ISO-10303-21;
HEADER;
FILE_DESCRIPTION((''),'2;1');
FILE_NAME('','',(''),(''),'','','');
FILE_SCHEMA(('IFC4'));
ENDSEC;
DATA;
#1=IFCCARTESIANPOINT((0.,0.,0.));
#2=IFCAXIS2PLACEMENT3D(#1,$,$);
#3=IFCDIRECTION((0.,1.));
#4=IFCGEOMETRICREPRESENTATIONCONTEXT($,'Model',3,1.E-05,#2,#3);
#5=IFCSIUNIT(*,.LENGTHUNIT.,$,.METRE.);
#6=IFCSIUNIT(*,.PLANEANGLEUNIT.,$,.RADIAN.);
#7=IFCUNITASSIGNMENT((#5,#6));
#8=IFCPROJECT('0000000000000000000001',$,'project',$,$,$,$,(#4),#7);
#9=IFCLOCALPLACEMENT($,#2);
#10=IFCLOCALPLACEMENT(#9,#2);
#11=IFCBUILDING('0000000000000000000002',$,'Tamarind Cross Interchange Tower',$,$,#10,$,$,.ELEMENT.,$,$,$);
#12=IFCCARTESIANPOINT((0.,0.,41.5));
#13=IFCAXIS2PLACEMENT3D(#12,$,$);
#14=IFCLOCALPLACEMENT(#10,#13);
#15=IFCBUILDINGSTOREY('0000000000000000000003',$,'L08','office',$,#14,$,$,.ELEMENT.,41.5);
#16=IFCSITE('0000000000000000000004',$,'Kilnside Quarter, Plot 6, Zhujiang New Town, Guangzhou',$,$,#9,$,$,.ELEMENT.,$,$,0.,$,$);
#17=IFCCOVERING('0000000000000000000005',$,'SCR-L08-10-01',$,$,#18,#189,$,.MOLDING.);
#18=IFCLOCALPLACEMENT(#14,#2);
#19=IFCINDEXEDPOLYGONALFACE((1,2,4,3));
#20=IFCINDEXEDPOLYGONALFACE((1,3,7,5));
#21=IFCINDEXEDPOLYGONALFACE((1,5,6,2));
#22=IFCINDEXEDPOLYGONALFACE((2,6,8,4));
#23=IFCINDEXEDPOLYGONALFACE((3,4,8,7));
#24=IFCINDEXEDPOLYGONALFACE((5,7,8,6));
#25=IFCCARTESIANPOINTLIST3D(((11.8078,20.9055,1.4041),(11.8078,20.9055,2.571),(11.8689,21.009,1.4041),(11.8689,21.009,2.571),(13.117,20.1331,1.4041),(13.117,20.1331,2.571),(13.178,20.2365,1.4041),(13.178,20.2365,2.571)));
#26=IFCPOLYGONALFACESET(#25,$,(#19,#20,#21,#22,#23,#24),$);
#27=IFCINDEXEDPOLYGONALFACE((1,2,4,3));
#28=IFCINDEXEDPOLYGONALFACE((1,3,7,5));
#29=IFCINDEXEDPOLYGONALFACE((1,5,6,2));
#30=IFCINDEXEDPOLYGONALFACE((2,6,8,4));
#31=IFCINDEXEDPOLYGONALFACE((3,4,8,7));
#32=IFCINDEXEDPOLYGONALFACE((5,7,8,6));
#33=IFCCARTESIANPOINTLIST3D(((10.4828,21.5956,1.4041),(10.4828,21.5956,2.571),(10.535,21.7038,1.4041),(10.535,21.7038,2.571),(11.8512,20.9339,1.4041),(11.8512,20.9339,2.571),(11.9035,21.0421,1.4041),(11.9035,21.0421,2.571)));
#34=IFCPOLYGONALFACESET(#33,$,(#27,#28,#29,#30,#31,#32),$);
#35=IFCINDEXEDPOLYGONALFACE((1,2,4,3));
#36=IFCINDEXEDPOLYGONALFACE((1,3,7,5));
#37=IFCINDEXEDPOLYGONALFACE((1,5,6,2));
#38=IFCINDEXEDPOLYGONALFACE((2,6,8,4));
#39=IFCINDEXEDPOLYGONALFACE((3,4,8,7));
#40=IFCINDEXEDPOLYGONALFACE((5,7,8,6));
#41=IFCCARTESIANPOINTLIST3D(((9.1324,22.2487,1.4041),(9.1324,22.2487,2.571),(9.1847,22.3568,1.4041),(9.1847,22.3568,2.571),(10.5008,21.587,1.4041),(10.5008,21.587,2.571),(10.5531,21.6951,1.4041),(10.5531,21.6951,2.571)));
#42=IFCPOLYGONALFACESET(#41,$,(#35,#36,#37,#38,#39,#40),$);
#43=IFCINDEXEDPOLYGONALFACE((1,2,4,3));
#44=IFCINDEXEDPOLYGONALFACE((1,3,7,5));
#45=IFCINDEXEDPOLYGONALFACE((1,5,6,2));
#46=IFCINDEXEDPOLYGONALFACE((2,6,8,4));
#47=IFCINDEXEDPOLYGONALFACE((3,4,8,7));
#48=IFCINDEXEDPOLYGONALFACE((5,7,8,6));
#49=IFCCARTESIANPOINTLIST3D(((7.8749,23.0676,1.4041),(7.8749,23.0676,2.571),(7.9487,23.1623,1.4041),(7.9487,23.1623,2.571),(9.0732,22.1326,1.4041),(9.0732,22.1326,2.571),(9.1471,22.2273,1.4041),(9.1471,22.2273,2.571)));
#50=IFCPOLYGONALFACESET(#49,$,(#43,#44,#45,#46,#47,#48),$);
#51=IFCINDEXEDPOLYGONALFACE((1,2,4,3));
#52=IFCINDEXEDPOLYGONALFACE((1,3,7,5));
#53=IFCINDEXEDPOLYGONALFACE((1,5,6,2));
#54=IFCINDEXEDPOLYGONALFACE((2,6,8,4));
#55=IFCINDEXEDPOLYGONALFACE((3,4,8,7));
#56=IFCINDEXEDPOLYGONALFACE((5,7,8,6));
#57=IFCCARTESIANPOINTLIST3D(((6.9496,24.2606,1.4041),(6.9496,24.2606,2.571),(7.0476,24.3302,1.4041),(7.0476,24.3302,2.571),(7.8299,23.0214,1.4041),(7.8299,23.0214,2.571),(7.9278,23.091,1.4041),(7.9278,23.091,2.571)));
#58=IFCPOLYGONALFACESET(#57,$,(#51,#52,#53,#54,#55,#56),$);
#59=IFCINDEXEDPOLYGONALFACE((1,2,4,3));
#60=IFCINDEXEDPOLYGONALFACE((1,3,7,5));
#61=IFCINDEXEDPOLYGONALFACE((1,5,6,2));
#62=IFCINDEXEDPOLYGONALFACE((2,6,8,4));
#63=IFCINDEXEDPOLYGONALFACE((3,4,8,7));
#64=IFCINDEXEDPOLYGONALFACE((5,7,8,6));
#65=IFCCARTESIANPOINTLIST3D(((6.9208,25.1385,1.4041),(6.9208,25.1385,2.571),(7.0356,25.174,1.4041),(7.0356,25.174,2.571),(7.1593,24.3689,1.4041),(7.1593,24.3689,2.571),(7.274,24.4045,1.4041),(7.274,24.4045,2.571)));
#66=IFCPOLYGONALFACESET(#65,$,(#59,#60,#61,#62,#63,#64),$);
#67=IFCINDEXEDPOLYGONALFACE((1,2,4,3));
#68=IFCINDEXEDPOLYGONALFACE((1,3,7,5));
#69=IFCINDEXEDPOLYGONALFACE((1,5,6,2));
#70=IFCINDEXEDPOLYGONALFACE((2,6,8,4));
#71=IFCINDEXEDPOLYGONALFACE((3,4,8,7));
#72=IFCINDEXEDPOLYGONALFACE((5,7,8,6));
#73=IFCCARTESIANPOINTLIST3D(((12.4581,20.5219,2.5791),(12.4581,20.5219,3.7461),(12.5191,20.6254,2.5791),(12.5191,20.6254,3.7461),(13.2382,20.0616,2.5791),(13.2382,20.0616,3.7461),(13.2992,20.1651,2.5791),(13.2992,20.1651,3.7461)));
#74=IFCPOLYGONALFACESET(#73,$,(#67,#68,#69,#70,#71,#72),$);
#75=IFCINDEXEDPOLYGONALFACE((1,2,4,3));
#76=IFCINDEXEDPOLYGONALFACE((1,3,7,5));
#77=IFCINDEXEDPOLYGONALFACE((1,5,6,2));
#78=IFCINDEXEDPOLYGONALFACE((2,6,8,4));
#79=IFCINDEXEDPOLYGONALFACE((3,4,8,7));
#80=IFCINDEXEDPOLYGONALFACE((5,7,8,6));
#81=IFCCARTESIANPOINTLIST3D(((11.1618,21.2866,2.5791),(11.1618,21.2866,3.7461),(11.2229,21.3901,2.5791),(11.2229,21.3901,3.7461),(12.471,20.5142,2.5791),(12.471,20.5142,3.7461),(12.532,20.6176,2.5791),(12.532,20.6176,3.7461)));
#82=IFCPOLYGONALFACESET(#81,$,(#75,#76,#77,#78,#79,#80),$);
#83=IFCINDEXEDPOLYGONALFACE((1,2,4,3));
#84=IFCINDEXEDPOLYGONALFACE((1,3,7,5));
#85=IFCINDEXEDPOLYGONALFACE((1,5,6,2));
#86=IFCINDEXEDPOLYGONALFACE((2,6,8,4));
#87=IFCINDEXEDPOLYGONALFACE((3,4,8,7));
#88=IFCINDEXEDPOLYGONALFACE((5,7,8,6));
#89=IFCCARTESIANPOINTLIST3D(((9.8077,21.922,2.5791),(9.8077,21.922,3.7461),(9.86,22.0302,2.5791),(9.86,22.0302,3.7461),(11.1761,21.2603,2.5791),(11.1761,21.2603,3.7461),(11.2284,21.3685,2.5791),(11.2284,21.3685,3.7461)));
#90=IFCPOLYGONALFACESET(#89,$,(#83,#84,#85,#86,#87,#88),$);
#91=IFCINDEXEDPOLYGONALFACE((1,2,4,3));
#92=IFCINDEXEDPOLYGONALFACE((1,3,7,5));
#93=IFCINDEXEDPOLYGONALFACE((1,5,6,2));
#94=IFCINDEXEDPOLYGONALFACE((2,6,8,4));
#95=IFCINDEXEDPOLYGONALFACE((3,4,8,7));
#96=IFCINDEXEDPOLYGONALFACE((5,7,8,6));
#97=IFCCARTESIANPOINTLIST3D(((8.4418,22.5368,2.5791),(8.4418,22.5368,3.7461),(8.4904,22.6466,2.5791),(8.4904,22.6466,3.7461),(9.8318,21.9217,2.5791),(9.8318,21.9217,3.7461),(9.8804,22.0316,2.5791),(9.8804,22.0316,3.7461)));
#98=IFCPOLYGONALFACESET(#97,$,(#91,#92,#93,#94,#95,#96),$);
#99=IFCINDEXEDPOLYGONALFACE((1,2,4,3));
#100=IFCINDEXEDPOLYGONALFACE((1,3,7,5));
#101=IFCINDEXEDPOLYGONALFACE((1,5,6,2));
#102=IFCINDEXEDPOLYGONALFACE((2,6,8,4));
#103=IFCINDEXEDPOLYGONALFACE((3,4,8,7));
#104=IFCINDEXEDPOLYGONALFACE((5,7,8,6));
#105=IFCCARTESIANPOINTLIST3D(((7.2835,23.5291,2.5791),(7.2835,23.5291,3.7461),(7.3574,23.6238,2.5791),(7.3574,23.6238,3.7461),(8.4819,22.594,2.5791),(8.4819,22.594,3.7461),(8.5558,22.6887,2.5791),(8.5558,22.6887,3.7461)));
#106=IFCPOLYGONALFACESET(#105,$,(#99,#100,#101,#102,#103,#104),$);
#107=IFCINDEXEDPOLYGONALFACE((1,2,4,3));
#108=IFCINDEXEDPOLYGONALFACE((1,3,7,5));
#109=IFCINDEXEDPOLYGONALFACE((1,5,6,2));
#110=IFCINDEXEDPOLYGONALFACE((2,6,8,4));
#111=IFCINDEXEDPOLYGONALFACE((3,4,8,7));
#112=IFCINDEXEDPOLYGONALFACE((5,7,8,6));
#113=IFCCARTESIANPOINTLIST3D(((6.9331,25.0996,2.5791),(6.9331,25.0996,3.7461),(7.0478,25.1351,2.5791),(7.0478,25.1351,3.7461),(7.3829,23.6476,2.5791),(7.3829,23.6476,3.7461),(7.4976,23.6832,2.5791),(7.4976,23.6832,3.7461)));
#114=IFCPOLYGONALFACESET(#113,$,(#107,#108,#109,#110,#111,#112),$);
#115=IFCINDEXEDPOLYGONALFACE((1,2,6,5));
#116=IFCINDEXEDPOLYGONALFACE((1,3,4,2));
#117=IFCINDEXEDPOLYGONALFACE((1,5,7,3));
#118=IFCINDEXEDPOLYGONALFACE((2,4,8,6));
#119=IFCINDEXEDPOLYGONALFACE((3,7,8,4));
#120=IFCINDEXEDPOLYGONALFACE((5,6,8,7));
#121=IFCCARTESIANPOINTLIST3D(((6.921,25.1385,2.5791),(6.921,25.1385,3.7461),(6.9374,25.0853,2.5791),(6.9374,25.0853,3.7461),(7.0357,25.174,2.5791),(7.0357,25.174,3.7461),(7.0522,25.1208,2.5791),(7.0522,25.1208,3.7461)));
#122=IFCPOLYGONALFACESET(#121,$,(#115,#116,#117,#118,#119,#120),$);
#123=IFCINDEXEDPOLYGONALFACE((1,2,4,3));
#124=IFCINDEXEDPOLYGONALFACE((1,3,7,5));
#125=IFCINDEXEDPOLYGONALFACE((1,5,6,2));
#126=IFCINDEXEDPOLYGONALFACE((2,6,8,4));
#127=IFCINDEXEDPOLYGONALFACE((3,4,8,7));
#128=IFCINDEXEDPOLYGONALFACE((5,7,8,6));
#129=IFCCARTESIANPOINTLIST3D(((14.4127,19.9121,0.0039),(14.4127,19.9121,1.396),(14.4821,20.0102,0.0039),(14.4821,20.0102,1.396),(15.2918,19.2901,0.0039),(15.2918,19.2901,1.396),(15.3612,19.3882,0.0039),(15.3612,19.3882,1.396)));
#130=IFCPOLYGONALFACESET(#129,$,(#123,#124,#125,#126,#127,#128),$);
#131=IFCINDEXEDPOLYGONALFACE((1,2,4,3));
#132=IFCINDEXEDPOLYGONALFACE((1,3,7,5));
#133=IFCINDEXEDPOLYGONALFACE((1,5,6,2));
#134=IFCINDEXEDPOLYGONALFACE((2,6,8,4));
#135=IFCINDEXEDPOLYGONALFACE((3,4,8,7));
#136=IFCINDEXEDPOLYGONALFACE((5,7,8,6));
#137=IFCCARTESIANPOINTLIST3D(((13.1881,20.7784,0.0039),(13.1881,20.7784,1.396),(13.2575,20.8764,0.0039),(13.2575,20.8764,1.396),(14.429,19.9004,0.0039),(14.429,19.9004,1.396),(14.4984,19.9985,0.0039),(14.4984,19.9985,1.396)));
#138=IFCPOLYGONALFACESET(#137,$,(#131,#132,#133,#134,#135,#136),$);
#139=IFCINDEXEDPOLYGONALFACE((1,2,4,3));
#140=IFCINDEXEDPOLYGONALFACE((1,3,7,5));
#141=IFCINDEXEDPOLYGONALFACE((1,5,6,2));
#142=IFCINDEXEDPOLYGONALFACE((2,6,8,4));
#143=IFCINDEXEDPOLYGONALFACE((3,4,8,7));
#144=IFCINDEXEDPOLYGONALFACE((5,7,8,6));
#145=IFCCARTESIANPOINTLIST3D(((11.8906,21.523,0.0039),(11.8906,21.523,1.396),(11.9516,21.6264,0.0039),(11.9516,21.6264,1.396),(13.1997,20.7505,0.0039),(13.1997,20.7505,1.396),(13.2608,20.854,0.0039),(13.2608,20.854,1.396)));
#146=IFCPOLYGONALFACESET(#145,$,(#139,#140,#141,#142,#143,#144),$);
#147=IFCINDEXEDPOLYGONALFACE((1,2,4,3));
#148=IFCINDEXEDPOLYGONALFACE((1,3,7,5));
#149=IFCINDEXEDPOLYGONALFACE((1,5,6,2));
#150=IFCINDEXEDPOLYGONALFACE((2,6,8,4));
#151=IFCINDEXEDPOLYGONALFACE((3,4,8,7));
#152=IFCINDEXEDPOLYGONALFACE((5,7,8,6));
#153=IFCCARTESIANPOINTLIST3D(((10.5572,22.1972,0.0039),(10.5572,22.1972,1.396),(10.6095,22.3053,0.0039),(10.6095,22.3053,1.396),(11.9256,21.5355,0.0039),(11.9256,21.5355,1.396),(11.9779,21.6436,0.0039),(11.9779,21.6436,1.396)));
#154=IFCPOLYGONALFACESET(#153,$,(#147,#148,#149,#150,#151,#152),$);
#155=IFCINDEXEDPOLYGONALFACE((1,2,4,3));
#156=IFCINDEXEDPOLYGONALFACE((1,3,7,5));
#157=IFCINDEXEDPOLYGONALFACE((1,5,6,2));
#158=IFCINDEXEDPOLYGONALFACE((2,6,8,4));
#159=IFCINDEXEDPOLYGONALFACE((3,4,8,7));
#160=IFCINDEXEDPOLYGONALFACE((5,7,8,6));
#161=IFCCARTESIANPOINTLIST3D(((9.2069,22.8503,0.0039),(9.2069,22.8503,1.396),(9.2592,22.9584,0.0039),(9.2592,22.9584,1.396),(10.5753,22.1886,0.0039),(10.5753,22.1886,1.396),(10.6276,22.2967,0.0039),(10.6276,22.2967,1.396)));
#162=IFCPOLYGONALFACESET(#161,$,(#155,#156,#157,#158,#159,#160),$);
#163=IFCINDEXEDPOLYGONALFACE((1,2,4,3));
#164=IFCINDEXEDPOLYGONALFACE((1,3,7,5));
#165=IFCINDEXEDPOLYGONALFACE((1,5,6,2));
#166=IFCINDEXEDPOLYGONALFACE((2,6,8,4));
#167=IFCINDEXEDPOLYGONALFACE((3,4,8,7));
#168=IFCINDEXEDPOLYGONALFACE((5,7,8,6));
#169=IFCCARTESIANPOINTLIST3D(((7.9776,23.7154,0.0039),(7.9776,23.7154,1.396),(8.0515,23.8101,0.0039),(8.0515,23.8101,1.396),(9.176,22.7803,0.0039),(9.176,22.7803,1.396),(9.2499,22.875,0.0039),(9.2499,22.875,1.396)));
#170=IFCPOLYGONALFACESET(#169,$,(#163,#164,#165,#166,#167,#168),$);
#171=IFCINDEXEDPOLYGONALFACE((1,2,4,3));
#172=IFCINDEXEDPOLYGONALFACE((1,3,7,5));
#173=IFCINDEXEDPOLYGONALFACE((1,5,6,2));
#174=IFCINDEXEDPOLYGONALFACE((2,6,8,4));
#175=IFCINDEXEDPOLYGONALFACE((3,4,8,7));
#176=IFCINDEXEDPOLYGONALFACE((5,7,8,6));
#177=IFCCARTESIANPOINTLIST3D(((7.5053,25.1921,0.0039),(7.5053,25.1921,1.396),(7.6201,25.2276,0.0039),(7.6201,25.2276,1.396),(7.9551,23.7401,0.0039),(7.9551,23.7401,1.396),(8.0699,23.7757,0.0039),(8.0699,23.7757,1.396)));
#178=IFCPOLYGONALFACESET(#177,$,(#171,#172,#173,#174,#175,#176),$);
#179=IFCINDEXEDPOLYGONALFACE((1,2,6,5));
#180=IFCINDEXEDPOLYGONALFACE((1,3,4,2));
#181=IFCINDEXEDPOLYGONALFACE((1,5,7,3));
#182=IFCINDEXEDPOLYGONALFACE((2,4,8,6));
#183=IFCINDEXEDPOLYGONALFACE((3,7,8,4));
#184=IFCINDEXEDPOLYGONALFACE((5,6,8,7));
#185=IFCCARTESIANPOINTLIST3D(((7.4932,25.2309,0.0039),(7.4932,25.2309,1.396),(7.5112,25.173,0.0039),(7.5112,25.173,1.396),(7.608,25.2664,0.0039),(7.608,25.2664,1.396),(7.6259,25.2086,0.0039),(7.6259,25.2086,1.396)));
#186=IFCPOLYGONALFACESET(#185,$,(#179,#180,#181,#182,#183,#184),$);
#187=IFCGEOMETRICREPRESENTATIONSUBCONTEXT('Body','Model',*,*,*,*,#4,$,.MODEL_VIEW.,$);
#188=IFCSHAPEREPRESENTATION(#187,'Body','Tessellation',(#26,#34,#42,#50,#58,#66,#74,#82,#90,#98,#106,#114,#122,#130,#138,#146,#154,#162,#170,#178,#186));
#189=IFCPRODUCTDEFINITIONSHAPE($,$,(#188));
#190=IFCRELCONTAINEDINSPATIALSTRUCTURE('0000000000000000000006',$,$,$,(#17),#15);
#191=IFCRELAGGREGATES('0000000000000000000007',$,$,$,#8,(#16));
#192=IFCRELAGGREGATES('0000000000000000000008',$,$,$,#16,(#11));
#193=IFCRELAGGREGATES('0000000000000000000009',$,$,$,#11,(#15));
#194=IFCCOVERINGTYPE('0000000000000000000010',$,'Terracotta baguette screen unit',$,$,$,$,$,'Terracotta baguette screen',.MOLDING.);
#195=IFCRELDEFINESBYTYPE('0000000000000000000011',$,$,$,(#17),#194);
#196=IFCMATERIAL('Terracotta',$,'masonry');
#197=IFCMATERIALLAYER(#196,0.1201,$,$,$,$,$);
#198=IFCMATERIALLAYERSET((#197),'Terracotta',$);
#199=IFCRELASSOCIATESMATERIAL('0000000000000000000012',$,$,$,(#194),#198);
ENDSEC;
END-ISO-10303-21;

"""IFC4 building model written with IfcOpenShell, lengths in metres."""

from ifc_helpers import new_model, si_unit, direction, frame, origin, origin_2d, place, context, subcontext, project, spatial, rectangle, extrude, material, layer, layer_set, type_object, element, save


model = new_model("IFC4")

# Units and contexts
model_context = context("Model", 3, precision=1e-05, world=origin(), true_north=direction((0.0, 1.0)))
body_context = subcontext(model_context, "Body", "Model", "MODEL_VIEW")
ifc_project = project(units=[si_unit("LENGTHUNIT", "METRE"), si_unit("PLANEANGLEUNIT", "RADIAN")], contexts=[model_context])

# Site, building, storey
site_placement = place(None, origin())
site = spatial("IfcSite", under=ifc_project, at=site_placement, Name="Kilnside Quarter, Plot 6, Zhujiang New Town, Guangzhou", CompositionType="ELEMENT", RefElevation=0.0)
building_placement = place(site_placement, origin())
building = spatial("IfcBuilding", under=site, at=building_placement, Name="Tamarind Cross Interchange Tower", CompositionType="ELEMENT")
storey_placement = place(building_placement, frame((0.0, 0.0, 41.5)))
storey = spatial("IfcBuildingStorey", under=building, at=storey_placement, Name="L08", Description="office", CompositionType="ELEMENT", Elevation=41.5)

# Covering
ifc_material_1 = material(Name="Terracotta", Category="masonry")
ifc_layer_1 = layer(ifc_material_1, 0.1201)
ifc_layer_set_1 = layer_set([ifc_layer_1], Name="Terracotta")
covering_type = type_object("IfcCoveringType", Name="Terracotta baguette screen unit", ElementType="Terracotta baguette screen", PredefinedType="MOLDING", material=ifc_layer_set_1)
covering_1_placement = place(storey_placement, origin())
element("IfcCovering", 1, at=covering_1_placement, inside=storey, type_object=covering_type, Name="SCR-L08-10-01", PredefinedType="MOLDING", context=body_context, shape_type="SweptSolid", body=[
    extrude(rectangle(XDim=1.52, YDim=0.1201, at=origin_2d()), frame((12.4929, 20.571, 1.4041), z_axis=(0.0, 0.0, 1.0), x_axis=(-0.861249, 0.508183, 0.0)), (0.0, 0.0, 1.0), 1.167),
    extrude(rectangle(XDim=1.52, YDim=0.1201, at=origin_2d()), frame((11.1931, 21.3188, 1.4041), z_axis=(0.0, 0.0, 1.0), x_axis=(-0.900273, 0.435326, 0.0)), (0.0, 0.0, 1.0), 1.167),
    extrude(rectangle(XDim=1.52, YDim=0.1201, at=origin_2d()), frame((9.8428, 21.9719, 1.4041), z_axis=(0.0, 0.0, 1.0), x_axis=(-0.900273, 0.435326, 0.0)), (0.0, 0.0, 1.0), 1.167),
    extrude(rectangle(XDim=1.52, YDim=0.1201, at=origin_2d()), frame((8.511, 22.6475, 1.4041), z_axis=(0.0, 0.0, 1.0), x_axis=(-0.788393, 0.615172, 0.0)), (0.0, 0.0, 1.0), 1.167),
    extrude(rectangle(XDim=1.52, YDim=0.1201, at=origin_2d()), frame((7.4387, 23.6758, 1.4041), z_axis=(0.0, 0.0, 1.0), x_axis=(-0.579095, 0.81526, 0.0)), (0.0, 0.0, 1.0), 1.167),
    extrude(rectangle(XDim=0.8057, YDim=0.1201, at=origin_2d()), frame((7.0974, 24.7715, 1.4041), z_axis=(0.0, 0.0, 1.0), x_axis=(-0.295922, 0.955212, 0.0)), (0.0, 0.0, 1.0), 1.167),
    extrude(rectangle(XDim=0.9058, YDim=0.1201, at=origin_2d()), frame((12.8787, 20.3435, 2.5791), z_axis=(0.0, 0.0, 1.0), x_axis=(-0.861249, 0.508183, 0.0)), (0.0, 0.0, 1.0), 1.167),
    extrude(rectangle(XDim=1.52, YDim=0.1201, at=origin_2d()), frame((11.8469, 20.9521, 2.5791), z_axis=(0.0, 0.0, 1.0), x_axis=(-0.861249, 0.508183, 0.0)), (0.0, 0.0, 1.0), 1.167),
    extrude(rectangle(XDim=1.52, YDim=0.1201, at=origin_2d()), frame((10.5181, 21.6453, 2.5791), z_axis=(0.0, 0.0, 1.0), x_axis=(-0.900273, 0.435326, 0.0)), (0.0, 0.0, 1.0), 1.167),
    extrude(rectangle(XDim=1.52, YDim=0.1201, at=origin_2d()), frame((9.1611, 22.2842, 2.5791), z_axis=(0.0, 0.0, 1.0), x_axis=(-0.914476, 0.40464, 0.0)), (0.0, 0.0, 1.0), 1.167),
    extrude(rectangle(XDim=1.52, YDim=0.1201, at=origin_2d()), frame((7.9197, 23.1089, 2.5791), z_axis=(0.0, 0.0, 1.0), x_axis=(-0.788393, 0.615172, 0.0)), (0.0, 0.0, 1.0), 1.167),
    extrude(rectangle(XDim=1.52, YDim=0.1201, at=origin_2d()), frame((7.2153, 24.3914, 2.5791), z_axis=(0.0, 0.0, 1.0), x_axis=(-0.295922, 0.955212, 0.0)), (0.0, 0.0, 1.0), 1.167),
    extrude(rectangle(XDim=0.0557, YDim=0.1201, at=origin_2d()), frame((6.9866, 25.1296, 2.5791), z_axis=(0.0, 0.0, 1.0), x_axis=(-0.295922, 0.955212, 0.0)), (0.0, 0.0, 1.0), 1.167),
    extrude(rectangle(XDim=1.0769, YDim=0.1201, at=origin_2d()), frame((14.887, 19.6501, 0.0039), z_axis=(0.0, 0.0, 1.0), x_axis=(-0.816342, 0.577569, 0.0)), (0.0, 0.0, 1.0), 1.3921),
    extrude(rectangle(XDim=1.52, YDim=0.1201, at=origin_2d()), frame((13.8433, 20.3884, 0.0039), z_axis=(0.0, 0.0, 1.0), x_axis=(-0.816342, 0.577569, 0.0)), (0.0, 0.0, 1.0), 1.3921),
    extrude(rectangle(XDim=1.52, YDim=0.1201, at=origin_2d()), frame((12.5757, 21.1885, 0.0039), z_axis=(0.0, 0.0, 1.0), x_axis=(-0.861249, 0.508183, 0.0)), (0.0, 0.0, 1.0), 1.3921),
    extrude(rectangle(XDim=1.52, YDim=0.1201, at=origin_2d()), frame((11.2676, 21.9204, 0.0039), z_axis=(0.0, 0.0, 1.0), x_axis=(-0.900273, 0.435326, 0.0)), (0.0, 0.0, 1.0), 1.3921),
    extrude(rectangle(XDim=1.52, YDim=0.1201, at=origin_2d()), frame((9.9172, 22.5735, 0.0039), z_axis=(0.0, 0.0, 1.0), x_axis=(-0.900273, 0.435326, 0.0)), (0.0, 0.0, 1.0), 1.3921),
    extrude(rectangle(XDim=1.52, YDim=0.1201, at=origin_2d()), frame((8.6138, 23.2952, 0.0039), z_axis=(0.0, 0.0, 1.0), x_axis=(-0.788393, 0.615172, 0.0)), (0.0, 0.0, 1.0), 1.3921),
    extrude(rectangle(XDim=1.52, YDim=0.1201, at=origin_2d()), frame((7.7876, 24.4839, 0.0039), z_axis=(0.0, 0.0, 1.0), x_axis=(-0.295922, 0.955212, 0.0)), (0.0, 0.0, 1.0), 1.3921),
    extrude(rectangle(XDim=0.0605, YDim=0.1201, at=origin_2d()), frame((7.5596, 25.2197, 0.0039), z_axis=(0.0, 0.0, 1.0), x_axis=(-0.295922, 0.955212, 0.0)), (0.0, 0.0, 1.0), 1.3921),
])

save(model, "model.ifc")
